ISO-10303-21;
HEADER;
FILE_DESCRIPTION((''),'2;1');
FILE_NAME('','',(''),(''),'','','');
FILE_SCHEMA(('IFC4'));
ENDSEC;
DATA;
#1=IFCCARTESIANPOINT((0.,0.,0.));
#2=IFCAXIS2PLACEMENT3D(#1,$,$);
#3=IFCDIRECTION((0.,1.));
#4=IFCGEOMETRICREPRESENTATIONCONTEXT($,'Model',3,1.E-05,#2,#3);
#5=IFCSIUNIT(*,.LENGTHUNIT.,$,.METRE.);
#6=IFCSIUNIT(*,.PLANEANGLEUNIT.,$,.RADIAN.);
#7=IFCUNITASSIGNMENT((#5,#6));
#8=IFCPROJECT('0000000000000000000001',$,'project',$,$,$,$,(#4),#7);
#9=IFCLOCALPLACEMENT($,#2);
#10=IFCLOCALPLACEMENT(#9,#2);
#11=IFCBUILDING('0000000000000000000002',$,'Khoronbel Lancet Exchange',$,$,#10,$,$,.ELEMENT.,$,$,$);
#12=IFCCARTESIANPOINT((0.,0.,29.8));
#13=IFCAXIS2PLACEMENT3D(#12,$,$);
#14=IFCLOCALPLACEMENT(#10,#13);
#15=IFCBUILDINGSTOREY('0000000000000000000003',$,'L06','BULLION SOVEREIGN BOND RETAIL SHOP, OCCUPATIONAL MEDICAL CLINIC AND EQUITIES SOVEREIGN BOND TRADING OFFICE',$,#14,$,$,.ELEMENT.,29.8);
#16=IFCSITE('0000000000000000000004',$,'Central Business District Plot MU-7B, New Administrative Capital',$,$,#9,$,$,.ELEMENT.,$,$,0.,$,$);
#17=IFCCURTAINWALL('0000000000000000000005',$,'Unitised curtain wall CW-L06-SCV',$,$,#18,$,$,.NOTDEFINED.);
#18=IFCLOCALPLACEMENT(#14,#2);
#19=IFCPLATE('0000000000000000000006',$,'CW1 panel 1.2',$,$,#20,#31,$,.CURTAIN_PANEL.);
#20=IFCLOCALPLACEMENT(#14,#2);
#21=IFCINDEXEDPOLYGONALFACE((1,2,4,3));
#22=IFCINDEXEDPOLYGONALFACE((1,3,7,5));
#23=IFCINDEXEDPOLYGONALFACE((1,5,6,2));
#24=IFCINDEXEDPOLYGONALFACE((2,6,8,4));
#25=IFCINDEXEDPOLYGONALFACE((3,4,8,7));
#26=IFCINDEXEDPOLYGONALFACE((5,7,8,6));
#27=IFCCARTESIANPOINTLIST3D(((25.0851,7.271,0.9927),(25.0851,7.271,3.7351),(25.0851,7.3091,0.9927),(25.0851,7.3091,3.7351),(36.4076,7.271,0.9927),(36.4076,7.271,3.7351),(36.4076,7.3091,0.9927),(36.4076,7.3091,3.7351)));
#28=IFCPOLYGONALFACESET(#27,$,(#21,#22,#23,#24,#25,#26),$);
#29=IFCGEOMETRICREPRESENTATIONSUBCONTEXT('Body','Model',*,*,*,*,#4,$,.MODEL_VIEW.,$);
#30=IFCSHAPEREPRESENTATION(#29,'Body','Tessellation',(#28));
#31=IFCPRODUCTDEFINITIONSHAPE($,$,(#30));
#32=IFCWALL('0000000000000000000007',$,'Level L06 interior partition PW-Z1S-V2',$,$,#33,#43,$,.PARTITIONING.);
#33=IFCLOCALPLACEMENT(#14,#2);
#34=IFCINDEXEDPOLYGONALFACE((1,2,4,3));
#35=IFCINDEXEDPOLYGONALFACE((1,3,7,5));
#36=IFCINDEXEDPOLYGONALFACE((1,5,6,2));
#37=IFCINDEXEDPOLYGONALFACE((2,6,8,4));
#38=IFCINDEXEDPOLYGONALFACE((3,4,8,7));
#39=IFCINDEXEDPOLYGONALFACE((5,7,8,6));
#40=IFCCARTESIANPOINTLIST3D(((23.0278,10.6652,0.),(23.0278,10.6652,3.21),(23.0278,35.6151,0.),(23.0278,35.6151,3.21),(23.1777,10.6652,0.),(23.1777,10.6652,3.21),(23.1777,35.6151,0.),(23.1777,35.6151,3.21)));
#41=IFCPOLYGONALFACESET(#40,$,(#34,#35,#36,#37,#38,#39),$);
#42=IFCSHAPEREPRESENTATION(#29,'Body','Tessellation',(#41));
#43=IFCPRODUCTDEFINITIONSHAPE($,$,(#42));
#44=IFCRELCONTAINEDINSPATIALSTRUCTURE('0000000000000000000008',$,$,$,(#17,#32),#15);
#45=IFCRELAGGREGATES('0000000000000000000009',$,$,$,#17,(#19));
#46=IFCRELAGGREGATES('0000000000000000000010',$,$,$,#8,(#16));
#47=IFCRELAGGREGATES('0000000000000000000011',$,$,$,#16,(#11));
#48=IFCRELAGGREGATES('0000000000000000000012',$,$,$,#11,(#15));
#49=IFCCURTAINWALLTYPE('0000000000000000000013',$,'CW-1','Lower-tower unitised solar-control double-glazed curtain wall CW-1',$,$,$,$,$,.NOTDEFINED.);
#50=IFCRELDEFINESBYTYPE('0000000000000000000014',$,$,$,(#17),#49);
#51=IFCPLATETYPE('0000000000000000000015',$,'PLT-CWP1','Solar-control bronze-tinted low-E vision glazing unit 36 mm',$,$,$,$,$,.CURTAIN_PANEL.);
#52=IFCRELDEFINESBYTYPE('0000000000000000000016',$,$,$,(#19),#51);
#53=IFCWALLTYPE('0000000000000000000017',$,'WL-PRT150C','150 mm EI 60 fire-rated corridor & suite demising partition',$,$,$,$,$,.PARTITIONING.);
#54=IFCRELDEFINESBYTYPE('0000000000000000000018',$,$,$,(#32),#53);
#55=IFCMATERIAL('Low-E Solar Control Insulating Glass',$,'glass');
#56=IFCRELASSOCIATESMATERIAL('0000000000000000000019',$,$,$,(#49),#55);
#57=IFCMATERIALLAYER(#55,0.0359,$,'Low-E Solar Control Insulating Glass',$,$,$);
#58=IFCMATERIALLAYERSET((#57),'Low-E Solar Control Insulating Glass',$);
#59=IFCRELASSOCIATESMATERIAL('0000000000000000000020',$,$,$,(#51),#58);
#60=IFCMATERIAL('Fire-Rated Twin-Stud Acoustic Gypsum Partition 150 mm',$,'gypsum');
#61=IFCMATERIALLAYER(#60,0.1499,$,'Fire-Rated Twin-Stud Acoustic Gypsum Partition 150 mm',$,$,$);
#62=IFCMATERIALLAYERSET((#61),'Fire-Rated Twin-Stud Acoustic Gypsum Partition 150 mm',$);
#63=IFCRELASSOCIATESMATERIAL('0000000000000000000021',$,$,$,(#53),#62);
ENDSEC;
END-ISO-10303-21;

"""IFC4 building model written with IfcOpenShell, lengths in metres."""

from ifc_helpers import new_model, si_unit, direction, frame, frame_2d, origin, origin_2d, place, context, subcontext, project, spatial, rectangle, extrude, material, layer, layer_set, type_object, element, aggregate, save


model = new_model("IFC4")

# Units and contexts
model_context = context("Model", 3, precision=1e-05, world=origin(), true_north=direction((0.0, 1.0)))
body_context = subcontext(model_context, "Body", "Model", "MODEL_VIEW")
ifc_project = project(units=[si_unit("LENGTHUNIT", "METRE"), si_unit("PLANEANGLEUNIT", "RADIAN")], contexts=[model_context])

# Site, building, storey
site_placement = place(None, origin())
site = spatial("IfcSite", under=ifc_project, at=site_placement, Name="Central Business District Plot MU-7B, New Administrative Capital", CompositionType="ELEMENT", RefElevation=0.0)
building_placement = place(site_placement, origin())
building = spatial("IfcBuilding", under=site, at=building_placement, Name="Khoronbel Lancet Exchange", CompositionType="ELEMENT")
storey_placement = place(building_placement, frame((0.0, 0.0, 29.8)))
storey = spatial("IfcBuildingStorey", under=building, at=storey_placement, Name="L06", Description="BULLION SOVEREIGN BOND RETAIL SHOP, OCCUPATIONAL MEDICAL CLINIC AND EQUITIES SOVEREIGN BOND TRADING OFFICE", CompositionType="ELEMENT", Elevation=29.8)

# Curtain wall
ifc_material_1 = material(Name="Low-E Solar Control Insulating Glass", Category="glass")
curtain_wall_type = type_object("IfcCurtainWallType", Name="CW-1", Description="Lower-tower unitised solar-control double-glazed curtain wall CW-1", PredefinedType="NOTDEFINED", material=ifc_material_1)
curtain_wall_1_placement = place(storey_placement, origin())
curtain_wall_1 = element("IfcCurtainWall", 1, at=curtain_wall_1_placement, inside=storey, type_object=curtain_wall_type, Name="Unitised curtain wall CW-L06-SCV", PredefinedType="NOTDEFINED")

# Plate
ifc_layer_1 = layer(ifc_material_1, 0.0359, Name="Low-E Solar Control Insulating Glass")
ifc_layer_set_1 = layer_set([ifc_layer_1], Name="Low-E Solar Control Insulating Glass")
plate_type_1 = type_object("IfcPlateType", Name="PLT-CWP1", Description="Solar-control bronze-tinted low-E vision glazing unit 36 mm", PredefinedType="CURTAIN_PANEL", material=ifc_layer_set_1)
plate_1_placement = place(storey_placement, frame((30.7463, 7.29, 0.9927), z_axis=(0.0, 0.0, 1.0), x_axis=(1.0, 0.0, 0.0)))
plate_1 = element("IfcPlate", 2, at=plate_1_placement, type_object=plate_type_1, Name="CW1 panel 1.2", PredefinedType="CURTAIN_PANEL", context=body_context, shape_type="SweptSolid", body=[
    extrude(rectangle(XDim=11.3225, YDim=0.0381, at=origin_2d()), origin(), (0.0, 0.0, 1.0), 2.7424),
])
aggregate(curtain_wall_1, [plate_1])

# Wall
ifc_material_2 = material(Name="Fire-Rated Twin-Stud Acoustic Gypsum Partition 150 mm", Category="gypsum")
ifc_layer_2 = layer(ifc_material_2, 0.1499, Name="Fire-Rated Twin-Stud Acoustic Gypsum Partition 150 mm")
ifc_layer_set_2 = layer_set([ifc_layer_2], Name="Fire-Rated Twin-Stud Acoustic Gypsum Partition 150 mm")
wall_type = type_object("IfcWallType", Name="WL-PRT150C", Description="150 mm EI 60 fire-rated corridor & suite demising partition", PredefinedType="PARTITIONING", material=ifc_layer_set_2)
wall_placement = place(storey_placement, frame((23.1028, 10.665, 0.0), z_axis=(0.0, 0.0, 1.0), x_axis=(0.0, 1.0, 0.0)))
element("IfcWall", 3, at=wall_placement, inside=storey, type_object=wall_type, Name="Level L06 interior partition PW-Z1S-V2", PredefinedType="PARTITIONING", context=body_context, shape_type="SweptSolid", body=[
    extrude(rectangle(XDim=24.95, YDim=0.1499, at=frame_2d((12.4751, 0.0))), origin(), (0.0, 0.0, 1.0), 3.21),
])

save(model, "model.ifc")
